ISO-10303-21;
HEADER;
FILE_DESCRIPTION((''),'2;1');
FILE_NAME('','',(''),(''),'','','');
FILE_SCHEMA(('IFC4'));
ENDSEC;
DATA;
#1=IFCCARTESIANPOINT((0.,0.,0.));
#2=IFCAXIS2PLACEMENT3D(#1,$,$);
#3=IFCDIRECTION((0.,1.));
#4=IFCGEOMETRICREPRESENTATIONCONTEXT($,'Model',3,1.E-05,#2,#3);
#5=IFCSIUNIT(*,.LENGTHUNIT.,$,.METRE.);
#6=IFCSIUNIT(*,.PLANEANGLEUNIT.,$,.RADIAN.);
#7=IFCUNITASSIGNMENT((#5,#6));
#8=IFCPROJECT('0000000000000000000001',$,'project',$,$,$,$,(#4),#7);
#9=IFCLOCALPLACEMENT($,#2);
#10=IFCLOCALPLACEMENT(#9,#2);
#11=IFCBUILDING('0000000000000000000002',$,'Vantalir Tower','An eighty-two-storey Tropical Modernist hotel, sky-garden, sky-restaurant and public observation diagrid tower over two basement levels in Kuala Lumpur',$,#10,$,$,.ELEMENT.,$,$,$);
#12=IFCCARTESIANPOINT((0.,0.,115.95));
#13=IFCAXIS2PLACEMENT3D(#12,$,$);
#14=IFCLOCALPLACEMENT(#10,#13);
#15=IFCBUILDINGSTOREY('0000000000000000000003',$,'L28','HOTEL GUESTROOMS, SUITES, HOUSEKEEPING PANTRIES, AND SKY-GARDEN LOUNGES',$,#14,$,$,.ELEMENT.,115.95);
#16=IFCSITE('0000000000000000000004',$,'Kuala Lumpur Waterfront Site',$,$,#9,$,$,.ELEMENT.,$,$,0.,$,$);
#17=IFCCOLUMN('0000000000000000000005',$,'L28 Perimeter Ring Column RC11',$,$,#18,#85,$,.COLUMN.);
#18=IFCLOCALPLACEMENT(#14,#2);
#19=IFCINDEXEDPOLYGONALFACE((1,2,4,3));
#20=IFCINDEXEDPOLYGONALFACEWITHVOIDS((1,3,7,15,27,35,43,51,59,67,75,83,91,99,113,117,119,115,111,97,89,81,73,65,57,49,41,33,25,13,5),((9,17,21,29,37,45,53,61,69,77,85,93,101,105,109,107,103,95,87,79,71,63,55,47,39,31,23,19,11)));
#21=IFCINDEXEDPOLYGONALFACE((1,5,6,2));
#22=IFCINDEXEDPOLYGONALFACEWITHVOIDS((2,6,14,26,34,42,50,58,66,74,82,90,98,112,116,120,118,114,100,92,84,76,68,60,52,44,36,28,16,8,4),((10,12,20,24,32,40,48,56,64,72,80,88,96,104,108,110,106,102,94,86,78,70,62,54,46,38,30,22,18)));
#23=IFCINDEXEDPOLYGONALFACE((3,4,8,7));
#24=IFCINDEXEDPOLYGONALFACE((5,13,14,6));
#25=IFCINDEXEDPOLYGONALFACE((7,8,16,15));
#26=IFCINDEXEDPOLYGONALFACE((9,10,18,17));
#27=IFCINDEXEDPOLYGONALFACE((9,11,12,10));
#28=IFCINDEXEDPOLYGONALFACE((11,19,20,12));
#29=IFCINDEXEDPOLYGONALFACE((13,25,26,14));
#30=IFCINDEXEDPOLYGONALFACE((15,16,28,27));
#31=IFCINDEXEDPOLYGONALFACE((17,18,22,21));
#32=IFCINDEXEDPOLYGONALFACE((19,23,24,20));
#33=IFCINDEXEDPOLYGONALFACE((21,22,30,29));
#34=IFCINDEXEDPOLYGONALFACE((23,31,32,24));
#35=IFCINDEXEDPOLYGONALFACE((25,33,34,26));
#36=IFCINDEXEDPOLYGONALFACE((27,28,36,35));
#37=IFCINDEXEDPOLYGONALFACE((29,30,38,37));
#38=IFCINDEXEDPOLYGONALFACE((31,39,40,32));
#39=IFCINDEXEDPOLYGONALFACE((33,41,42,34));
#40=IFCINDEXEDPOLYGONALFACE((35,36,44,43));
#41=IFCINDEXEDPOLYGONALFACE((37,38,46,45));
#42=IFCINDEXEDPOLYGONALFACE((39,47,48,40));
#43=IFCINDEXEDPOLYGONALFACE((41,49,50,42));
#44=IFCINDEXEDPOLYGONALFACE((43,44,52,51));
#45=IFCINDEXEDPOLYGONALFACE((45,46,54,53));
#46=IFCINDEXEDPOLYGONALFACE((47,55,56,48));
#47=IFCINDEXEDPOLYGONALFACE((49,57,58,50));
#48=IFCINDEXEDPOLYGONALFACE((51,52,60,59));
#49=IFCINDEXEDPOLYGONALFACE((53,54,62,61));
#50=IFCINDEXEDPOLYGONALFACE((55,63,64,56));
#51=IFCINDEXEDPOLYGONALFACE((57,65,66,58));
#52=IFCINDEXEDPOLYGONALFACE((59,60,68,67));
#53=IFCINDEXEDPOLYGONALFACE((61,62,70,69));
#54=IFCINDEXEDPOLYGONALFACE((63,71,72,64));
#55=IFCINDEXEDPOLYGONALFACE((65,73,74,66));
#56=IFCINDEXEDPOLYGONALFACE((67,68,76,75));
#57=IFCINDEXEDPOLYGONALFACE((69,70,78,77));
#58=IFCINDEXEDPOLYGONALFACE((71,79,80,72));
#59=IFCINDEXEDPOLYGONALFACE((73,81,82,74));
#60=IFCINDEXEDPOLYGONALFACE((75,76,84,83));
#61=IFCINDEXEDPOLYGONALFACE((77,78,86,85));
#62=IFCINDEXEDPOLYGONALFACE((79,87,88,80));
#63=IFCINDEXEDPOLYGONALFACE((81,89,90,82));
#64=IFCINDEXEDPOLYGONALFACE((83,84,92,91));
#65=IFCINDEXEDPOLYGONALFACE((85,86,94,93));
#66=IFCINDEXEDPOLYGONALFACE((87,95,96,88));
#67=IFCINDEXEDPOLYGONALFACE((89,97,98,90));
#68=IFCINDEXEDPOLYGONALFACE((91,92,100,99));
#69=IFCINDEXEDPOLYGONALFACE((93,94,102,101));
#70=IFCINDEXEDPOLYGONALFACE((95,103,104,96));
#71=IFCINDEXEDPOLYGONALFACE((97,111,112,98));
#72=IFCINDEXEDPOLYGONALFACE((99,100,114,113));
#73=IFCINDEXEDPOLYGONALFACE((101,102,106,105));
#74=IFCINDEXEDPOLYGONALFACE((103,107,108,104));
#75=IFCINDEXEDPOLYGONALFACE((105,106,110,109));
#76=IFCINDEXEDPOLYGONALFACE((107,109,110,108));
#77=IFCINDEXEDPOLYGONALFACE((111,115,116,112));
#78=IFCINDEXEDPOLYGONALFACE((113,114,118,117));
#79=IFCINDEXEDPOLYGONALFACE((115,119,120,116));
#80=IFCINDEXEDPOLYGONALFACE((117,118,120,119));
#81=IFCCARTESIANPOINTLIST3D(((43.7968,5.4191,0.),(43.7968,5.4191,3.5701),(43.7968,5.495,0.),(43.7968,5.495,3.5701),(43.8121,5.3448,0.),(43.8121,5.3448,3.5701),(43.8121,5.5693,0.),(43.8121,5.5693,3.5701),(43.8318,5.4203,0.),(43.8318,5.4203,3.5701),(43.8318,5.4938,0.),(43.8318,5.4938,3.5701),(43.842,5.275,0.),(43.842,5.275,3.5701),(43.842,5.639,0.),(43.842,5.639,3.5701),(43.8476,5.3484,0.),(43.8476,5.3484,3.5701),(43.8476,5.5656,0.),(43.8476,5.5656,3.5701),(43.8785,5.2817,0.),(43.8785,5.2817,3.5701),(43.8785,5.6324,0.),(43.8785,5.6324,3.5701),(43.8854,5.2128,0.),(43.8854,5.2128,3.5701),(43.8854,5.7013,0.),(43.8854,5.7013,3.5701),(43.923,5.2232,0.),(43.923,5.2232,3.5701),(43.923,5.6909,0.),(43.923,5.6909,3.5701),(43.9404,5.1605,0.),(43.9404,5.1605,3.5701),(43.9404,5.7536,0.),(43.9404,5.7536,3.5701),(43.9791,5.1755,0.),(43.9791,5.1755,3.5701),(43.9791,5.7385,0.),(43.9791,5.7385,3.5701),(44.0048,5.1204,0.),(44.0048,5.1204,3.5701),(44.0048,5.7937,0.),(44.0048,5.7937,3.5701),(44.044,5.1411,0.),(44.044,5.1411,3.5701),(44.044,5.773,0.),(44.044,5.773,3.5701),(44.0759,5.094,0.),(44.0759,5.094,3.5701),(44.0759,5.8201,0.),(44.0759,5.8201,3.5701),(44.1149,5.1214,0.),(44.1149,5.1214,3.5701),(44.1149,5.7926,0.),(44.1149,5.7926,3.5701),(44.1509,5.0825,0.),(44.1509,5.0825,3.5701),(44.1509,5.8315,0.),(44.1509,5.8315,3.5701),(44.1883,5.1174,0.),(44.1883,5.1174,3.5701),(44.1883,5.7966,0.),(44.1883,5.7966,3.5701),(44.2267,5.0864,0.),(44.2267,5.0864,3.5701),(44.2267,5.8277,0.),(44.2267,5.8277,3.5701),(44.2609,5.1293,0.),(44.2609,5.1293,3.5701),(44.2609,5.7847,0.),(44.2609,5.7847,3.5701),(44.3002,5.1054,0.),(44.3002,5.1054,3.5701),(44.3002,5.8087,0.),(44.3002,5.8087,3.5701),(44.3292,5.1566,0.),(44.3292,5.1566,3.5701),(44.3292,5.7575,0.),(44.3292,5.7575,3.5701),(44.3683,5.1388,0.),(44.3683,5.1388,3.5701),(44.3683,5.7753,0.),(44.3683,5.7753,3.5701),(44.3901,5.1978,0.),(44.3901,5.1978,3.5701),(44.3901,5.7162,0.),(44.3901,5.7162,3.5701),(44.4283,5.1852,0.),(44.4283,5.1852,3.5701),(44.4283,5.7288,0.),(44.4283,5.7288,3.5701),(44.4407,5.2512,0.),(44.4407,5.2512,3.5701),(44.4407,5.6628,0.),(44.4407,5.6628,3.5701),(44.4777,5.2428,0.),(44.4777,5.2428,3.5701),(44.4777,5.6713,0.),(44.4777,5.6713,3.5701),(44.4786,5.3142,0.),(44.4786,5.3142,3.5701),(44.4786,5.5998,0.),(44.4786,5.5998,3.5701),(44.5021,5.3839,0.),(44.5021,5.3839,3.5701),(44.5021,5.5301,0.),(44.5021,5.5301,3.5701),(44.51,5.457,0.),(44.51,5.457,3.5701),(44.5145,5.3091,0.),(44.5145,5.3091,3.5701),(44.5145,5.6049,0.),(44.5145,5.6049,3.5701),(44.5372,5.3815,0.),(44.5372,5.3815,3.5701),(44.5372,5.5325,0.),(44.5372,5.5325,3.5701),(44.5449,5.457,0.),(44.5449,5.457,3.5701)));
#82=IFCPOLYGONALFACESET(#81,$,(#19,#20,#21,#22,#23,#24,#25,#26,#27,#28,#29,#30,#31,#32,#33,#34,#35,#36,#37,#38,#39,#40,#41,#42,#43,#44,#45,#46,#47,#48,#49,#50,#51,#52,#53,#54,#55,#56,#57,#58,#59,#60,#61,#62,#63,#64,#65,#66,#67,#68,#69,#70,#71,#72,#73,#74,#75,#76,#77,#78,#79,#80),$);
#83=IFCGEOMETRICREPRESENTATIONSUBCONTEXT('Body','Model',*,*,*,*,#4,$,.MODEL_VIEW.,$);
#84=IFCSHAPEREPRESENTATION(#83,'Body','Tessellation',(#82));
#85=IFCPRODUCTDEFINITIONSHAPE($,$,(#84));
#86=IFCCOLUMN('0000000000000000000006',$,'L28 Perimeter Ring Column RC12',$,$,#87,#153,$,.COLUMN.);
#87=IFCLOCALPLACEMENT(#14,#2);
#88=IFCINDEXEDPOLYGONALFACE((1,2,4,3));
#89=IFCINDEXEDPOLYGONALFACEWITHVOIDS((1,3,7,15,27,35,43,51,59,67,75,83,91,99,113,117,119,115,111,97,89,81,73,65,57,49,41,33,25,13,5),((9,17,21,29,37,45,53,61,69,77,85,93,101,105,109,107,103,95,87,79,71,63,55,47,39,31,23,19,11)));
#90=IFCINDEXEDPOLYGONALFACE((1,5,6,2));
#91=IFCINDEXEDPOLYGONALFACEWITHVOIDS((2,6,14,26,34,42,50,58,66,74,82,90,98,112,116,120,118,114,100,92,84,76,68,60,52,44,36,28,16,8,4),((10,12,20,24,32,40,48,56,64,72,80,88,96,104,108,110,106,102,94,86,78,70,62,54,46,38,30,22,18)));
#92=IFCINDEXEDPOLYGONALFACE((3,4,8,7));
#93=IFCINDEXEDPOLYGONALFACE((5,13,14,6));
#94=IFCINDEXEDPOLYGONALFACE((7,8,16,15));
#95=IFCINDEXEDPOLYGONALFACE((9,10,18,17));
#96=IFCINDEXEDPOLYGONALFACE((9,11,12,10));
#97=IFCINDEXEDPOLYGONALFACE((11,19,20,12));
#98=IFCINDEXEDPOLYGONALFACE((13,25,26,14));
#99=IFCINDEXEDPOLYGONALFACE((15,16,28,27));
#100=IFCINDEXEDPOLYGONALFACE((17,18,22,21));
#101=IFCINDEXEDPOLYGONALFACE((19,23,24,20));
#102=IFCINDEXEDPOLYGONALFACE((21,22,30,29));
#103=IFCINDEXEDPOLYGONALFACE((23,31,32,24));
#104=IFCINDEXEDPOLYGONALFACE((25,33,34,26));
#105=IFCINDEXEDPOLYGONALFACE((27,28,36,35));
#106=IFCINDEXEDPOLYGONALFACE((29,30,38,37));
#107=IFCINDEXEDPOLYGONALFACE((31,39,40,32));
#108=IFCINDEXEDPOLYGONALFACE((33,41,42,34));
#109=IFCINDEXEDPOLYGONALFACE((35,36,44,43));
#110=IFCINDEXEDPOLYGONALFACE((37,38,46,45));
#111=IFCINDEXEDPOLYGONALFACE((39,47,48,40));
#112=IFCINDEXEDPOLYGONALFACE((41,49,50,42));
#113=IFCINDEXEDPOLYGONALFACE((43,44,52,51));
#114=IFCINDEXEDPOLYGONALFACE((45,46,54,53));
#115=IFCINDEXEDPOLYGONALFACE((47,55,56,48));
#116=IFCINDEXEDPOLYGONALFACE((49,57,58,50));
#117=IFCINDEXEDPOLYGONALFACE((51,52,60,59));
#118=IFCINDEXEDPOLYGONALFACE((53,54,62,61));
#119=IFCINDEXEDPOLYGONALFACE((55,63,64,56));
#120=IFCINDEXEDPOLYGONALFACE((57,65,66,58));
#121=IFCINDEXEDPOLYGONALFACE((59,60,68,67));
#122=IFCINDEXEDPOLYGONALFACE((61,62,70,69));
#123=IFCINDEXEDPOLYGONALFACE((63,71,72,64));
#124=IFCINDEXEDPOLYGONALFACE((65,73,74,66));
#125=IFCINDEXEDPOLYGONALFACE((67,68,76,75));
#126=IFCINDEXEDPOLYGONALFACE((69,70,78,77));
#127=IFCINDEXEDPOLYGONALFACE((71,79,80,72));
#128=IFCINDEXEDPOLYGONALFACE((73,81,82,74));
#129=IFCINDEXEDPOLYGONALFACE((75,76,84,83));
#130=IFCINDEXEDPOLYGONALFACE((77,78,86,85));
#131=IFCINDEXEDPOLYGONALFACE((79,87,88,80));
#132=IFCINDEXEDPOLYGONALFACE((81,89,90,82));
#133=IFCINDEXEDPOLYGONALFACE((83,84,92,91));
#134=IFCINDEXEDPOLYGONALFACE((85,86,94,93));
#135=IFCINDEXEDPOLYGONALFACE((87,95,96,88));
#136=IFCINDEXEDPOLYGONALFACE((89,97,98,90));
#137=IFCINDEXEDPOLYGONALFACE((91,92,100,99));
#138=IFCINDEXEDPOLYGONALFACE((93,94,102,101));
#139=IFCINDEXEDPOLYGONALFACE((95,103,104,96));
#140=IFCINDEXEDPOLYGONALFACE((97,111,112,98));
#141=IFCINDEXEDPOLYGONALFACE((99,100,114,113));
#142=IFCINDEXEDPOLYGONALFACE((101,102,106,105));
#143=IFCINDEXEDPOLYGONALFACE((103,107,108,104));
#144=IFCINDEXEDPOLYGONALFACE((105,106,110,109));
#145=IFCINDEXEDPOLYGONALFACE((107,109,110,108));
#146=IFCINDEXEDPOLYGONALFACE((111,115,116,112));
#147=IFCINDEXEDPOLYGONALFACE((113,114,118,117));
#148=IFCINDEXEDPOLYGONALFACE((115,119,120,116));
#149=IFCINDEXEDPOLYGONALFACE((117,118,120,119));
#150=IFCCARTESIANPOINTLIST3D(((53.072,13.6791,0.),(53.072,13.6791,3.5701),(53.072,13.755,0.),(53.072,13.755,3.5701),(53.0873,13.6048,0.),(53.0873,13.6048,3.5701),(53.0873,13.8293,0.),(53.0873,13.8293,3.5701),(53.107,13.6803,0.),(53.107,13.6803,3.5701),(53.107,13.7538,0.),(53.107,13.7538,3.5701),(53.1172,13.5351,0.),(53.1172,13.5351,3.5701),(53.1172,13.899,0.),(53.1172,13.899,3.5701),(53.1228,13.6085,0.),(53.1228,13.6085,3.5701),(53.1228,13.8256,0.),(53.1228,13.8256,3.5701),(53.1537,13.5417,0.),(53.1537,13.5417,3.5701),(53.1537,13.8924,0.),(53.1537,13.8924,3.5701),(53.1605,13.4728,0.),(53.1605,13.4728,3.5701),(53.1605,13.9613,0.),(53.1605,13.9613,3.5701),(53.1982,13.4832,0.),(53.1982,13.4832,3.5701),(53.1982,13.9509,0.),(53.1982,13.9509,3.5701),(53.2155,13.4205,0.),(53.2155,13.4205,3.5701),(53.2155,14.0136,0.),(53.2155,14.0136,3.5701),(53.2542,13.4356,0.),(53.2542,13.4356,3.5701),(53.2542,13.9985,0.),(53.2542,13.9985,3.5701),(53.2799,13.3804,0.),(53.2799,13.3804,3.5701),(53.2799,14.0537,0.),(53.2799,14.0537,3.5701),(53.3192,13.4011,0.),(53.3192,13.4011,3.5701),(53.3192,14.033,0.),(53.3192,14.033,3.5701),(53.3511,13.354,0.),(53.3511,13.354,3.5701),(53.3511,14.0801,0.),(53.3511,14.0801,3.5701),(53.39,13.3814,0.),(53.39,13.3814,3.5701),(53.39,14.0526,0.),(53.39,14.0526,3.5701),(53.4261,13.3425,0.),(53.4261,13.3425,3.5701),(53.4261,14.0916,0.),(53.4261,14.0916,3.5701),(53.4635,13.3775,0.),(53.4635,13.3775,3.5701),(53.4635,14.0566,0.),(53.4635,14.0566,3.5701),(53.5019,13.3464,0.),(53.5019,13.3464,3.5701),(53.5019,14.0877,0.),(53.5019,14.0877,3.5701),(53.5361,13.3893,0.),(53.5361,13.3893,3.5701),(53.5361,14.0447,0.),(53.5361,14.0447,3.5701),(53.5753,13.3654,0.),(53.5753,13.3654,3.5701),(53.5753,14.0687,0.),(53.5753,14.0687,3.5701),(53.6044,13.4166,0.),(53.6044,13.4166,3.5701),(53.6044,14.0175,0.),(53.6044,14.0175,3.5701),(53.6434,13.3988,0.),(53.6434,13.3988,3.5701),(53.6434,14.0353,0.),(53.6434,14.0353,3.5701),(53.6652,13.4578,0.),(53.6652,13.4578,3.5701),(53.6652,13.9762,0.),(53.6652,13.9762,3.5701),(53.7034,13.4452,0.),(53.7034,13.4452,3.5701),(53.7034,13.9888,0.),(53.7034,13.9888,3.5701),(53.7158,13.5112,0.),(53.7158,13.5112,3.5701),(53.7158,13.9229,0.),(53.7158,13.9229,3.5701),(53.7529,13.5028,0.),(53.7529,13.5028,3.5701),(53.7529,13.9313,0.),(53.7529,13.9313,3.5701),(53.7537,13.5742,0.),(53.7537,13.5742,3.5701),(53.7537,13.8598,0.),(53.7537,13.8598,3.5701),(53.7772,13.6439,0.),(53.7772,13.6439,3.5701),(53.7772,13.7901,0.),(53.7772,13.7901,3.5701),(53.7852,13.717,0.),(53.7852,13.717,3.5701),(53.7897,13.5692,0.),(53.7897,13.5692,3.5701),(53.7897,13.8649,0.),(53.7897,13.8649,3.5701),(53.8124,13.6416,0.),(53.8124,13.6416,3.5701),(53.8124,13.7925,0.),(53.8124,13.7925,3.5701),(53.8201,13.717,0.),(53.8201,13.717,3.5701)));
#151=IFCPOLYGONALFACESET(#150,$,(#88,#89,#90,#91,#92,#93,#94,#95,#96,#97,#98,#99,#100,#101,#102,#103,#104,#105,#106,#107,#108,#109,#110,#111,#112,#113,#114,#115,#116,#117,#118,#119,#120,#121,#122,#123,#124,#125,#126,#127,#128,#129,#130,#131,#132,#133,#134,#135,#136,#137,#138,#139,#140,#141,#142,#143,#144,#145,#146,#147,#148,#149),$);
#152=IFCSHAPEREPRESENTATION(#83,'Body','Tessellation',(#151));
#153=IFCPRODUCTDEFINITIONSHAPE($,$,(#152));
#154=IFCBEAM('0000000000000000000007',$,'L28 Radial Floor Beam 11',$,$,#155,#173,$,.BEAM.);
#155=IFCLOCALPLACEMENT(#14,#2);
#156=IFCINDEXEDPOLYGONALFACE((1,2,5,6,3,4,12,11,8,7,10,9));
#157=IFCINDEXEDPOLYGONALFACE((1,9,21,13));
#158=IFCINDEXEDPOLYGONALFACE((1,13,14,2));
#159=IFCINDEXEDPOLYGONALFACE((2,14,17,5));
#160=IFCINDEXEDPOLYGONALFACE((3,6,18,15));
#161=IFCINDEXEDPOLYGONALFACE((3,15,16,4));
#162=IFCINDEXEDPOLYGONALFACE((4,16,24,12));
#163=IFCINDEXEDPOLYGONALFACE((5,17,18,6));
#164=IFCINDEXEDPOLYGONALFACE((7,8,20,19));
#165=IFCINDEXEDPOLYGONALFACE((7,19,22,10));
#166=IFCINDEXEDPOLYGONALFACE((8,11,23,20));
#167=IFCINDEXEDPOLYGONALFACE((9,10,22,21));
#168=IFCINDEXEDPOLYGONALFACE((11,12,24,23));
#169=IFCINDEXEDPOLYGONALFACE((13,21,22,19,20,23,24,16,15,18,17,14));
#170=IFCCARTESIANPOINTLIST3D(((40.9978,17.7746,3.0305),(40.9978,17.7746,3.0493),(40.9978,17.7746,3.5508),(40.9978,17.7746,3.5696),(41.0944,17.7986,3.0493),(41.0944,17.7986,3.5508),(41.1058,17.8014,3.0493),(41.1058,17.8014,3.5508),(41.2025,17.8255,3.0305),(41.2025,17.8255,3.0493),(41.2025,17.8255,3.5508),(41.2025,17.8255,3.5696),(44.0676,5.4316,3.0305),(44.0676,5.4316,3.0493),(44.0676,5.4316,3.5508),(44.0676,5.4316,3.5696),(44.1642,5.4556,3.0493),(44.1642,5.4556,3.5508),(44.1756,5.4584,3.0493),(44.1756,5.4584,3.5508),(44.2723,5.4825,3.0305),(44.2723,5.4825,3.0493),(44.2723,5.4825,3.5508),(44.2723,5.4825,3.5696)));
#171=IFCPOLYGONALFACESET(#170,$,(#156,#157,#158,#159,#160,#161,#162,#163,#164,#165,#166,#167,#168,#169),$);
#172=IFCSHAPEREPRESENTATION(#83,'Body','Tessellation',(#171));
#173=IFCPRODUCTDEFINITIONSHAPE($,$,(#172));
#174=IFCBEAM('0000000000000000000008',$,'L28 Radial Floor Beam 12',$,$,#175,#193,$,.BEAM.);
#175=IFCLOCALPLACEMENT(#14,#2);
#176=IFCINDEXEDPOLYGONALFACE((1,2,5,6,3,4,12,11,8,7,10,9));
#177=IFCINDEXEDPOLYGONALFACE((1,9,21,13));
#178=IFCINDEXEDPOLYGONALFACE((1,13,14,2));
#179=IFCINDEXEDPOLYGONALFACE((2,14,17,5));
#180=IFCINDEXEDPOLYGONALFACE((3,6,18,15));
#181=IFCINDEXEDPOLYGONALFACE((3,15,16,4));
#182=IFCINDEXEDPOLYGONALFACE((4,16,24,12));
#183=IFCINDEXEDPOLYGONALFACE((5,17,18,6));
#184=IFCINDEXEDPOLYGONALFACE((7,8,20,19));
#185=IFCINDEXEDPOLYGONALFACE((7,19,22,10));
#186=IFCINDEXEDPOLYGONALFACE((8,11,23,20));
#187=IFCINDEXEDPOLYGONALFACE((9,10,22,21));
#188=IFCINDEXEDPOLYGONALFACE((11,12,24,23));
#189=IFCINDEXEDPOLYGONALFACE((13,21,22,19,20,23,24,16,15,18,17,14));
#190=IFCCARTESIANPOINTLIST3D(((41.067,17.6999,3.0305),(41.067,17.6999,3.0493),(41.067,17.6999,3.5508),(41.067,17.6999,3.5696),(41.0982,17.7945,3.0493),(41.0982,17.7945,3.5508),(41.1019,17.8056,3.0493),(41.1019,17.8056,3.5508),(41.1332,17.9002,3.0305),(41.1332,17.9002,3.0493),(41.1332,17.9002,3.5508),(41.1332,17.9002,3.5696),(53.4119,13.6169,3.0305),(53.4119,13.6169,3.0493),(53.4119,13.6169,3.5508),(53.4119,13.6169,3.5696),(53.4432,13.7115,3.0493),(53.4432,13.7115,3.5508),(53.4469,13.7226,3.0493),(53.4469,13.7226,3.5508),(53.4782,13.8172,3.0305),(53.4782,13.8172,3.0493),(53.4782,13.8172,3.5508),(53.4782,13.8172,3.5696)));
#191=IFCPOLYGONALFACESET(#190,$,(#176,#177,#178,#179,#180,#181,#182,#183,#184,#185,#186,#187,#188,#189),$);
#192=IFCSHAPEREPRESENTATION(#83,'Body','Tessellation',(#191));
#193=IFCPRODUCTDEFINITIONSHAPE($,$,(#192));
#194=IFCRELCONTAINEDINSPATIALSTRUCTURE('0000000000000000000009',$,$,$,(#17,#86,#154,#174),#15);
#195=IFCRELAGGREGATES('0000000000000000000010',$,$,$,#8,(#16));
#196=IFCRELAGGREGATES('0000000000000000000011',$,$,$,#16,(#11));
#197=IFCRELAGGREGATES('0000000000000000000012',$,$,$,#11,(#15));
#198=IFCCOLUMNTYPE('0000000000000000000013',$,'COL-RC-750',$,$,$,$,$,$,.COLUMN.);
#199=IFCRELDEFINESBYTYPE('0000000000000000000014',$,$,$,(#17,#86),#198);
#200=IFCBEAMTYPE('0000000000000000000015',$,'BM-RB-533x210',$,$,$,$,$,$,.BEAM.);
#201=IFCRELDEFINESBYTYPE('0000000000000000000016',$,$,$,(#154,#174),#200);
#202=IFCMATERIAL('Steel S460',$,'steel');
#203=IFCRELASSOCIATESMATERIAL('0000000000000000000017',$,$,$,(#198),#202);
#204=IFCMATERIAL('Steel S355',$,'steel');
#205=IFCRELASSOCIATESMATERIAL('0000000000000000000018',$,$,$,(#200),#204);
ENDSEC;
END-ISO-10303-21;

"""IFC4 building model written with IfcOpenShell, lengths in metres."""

from ifc_helpers import new_model, si_unit, direction, frame, origin, origin_2d, place, context, subcontext, project, spatial, hollow_circle, i_section, extrude, material, material_profile, profile_set, type_object, element, save


model = new_model("IFC4")

# Units and contexts
model_context = context("Model", 3, precision=1e-05, world=origin(), true_north=direction((0.0, 1.0)))
body_context = subcontext(model_context, "Body", "Model", "MODEL_VIEW")
ifc_project = project(units=[si_unit("LENGTHUNIT", "METRE"), si_unit("PLANEANGLEUNIT", "RADIAN")], contexts=[model_context])

# Site, building, storey
site_placement = place(None, origin())
site = spatial("IfcSite", under=ifc_project, at=site_placement, Name="Kuala Lumpur Waterfront Site", CompositionType="ELEMENT", RefElevation=0.0)
building_placement = place(site_placement, origin())
building = spatial("IfcBuilding", under=site, at=building_placement, Name="Vantalir Tower", Description="An eighty-two-storey Tropical Modernist hotel, sky-garden, sky-restaurant and public observation diagrid tower over two basement levels in Kuala Lumpur", CompositionType="ELEMENT")
storey_placement = place(building_placement, frame((0.0, 0.0, 115.95)))
storey = spatial("IfcBuildingStorey", under=building, at=storey_placement, Name="L28", Description="HOTEL GUESTROOMS, SUITES, HOUSEKEEPING PANTRIES, AND SKY-GARDEN LOUNGES", CompositionType="ELEMENT", Elevation=115.95)

# Columns
ifc_material_1 = material(Name="Steel S460", Category="steel")
ifc_material_profile_1 = material_profile(ifc_material_1, hollow_circle(Radius=0.375, WallThickness=0.0349, at=origin_2d()), Name="Steel S460")
ifc_profile_set_1 = profile_set([ifc_material_profile_1], Name="Steel S460")
column_type = type_object("IfcColumnType", Name="COL-RC-750", PredefinedType="COLUMN", material=ifc_profile_set_1)
for number, where, z_axis, x_axis, name in (
    (1, (44.1699, 5.457, 0.0), (0.0, 0.0, 1.0), (1.0, 0.0, 0.0), "L28 Perimeter Ring Column RC11"),
    (2, (53.4451, 13.717, 0.0), (0.0, 0.0, 1.0), (1.0, 0.0, 0.0), "L28 Perimeter Ring Column RC12"),
):
    element("IfcColumn", number, at=place(storey_placement, frame(where, z_axis=z_axis, x_axis=x_axis)), inside=storey, type_object=column_type, Name=name, PredefinedType="COLUMN", context=body_context, shape_type="SweptSolid", body=[
        extrude(hollow_circle(Radius=0.375, WallThickness=0.0349, at=origin_2d()), origin(), (0.0, 0.0, 1.0), 3.5701),
    ])

# Beams
ifc_material_2 = material(Name="Steel S355", Category="steel")
ifc_material_profile_2 = material_profile(ifc_material_2, i_section(OverallWidth=0.2109, OverallDepth=0.5391, WebThickness=0.0117, FlangeThickness=0.0188, at=origin_2d()), Name="Steel S355")
ifc_profile_set_2 = profile_set([ifc_material_profile_2], Name="Steel S355")
beam_type_1 = type_object("IfcBeamType", Name="BM-RB-533x210", PredefinedType="BEAM", material=ifc_profile_set_2)
beam_1_placement = place(storey_placement, frame((44.1699, 5.457, 3.3), z_axis=(-0.241357, 0.970436, 0.0), x_axis=(-0.970436, -0.241357, 0.0)))
element("IfcBeam", 3, at=beam_1_placement, inside=storey, type_object=beam_type_1, Name="L28 Radial Floor Beam 11", PredefinedType="BEAM", context=body_context, shape_type="SweptSolid", body=[
    extrude(i_section(OverallWidth=0.2109, OverallDepth=0.5391, WebThickness=0.0117, FlangeThickness=0.0188, at=origin_2d()), origin(), (0.0, 0.0, 1.0), 12.719),
])
beam_2_placement = place(storey_placement, frame((53.4451, 13.717, 3.3), z_axis=(-0.949419, 0.314013, 0.0), x_axis=(-0.314013, -0.949419, 0.0)))
element("IfcBeam", 4, at=beam_2_placement, inside=storey, type_object=beam_type_1, Name="L28 Radial Floor Beam 12", PredefinedType="BEAM", context=body_context, shape_type="SweptSolid", body=[
    extrude(i_section(OverallWidth=0.2109, OverallDepth=0.5391, WebThickness=0.0117, FlangeThickness=0.0188, at=origin_2d()), origin(), (0.0, 0.0, 1.0), 13.0027),
])

save(model, "model.ifc")
